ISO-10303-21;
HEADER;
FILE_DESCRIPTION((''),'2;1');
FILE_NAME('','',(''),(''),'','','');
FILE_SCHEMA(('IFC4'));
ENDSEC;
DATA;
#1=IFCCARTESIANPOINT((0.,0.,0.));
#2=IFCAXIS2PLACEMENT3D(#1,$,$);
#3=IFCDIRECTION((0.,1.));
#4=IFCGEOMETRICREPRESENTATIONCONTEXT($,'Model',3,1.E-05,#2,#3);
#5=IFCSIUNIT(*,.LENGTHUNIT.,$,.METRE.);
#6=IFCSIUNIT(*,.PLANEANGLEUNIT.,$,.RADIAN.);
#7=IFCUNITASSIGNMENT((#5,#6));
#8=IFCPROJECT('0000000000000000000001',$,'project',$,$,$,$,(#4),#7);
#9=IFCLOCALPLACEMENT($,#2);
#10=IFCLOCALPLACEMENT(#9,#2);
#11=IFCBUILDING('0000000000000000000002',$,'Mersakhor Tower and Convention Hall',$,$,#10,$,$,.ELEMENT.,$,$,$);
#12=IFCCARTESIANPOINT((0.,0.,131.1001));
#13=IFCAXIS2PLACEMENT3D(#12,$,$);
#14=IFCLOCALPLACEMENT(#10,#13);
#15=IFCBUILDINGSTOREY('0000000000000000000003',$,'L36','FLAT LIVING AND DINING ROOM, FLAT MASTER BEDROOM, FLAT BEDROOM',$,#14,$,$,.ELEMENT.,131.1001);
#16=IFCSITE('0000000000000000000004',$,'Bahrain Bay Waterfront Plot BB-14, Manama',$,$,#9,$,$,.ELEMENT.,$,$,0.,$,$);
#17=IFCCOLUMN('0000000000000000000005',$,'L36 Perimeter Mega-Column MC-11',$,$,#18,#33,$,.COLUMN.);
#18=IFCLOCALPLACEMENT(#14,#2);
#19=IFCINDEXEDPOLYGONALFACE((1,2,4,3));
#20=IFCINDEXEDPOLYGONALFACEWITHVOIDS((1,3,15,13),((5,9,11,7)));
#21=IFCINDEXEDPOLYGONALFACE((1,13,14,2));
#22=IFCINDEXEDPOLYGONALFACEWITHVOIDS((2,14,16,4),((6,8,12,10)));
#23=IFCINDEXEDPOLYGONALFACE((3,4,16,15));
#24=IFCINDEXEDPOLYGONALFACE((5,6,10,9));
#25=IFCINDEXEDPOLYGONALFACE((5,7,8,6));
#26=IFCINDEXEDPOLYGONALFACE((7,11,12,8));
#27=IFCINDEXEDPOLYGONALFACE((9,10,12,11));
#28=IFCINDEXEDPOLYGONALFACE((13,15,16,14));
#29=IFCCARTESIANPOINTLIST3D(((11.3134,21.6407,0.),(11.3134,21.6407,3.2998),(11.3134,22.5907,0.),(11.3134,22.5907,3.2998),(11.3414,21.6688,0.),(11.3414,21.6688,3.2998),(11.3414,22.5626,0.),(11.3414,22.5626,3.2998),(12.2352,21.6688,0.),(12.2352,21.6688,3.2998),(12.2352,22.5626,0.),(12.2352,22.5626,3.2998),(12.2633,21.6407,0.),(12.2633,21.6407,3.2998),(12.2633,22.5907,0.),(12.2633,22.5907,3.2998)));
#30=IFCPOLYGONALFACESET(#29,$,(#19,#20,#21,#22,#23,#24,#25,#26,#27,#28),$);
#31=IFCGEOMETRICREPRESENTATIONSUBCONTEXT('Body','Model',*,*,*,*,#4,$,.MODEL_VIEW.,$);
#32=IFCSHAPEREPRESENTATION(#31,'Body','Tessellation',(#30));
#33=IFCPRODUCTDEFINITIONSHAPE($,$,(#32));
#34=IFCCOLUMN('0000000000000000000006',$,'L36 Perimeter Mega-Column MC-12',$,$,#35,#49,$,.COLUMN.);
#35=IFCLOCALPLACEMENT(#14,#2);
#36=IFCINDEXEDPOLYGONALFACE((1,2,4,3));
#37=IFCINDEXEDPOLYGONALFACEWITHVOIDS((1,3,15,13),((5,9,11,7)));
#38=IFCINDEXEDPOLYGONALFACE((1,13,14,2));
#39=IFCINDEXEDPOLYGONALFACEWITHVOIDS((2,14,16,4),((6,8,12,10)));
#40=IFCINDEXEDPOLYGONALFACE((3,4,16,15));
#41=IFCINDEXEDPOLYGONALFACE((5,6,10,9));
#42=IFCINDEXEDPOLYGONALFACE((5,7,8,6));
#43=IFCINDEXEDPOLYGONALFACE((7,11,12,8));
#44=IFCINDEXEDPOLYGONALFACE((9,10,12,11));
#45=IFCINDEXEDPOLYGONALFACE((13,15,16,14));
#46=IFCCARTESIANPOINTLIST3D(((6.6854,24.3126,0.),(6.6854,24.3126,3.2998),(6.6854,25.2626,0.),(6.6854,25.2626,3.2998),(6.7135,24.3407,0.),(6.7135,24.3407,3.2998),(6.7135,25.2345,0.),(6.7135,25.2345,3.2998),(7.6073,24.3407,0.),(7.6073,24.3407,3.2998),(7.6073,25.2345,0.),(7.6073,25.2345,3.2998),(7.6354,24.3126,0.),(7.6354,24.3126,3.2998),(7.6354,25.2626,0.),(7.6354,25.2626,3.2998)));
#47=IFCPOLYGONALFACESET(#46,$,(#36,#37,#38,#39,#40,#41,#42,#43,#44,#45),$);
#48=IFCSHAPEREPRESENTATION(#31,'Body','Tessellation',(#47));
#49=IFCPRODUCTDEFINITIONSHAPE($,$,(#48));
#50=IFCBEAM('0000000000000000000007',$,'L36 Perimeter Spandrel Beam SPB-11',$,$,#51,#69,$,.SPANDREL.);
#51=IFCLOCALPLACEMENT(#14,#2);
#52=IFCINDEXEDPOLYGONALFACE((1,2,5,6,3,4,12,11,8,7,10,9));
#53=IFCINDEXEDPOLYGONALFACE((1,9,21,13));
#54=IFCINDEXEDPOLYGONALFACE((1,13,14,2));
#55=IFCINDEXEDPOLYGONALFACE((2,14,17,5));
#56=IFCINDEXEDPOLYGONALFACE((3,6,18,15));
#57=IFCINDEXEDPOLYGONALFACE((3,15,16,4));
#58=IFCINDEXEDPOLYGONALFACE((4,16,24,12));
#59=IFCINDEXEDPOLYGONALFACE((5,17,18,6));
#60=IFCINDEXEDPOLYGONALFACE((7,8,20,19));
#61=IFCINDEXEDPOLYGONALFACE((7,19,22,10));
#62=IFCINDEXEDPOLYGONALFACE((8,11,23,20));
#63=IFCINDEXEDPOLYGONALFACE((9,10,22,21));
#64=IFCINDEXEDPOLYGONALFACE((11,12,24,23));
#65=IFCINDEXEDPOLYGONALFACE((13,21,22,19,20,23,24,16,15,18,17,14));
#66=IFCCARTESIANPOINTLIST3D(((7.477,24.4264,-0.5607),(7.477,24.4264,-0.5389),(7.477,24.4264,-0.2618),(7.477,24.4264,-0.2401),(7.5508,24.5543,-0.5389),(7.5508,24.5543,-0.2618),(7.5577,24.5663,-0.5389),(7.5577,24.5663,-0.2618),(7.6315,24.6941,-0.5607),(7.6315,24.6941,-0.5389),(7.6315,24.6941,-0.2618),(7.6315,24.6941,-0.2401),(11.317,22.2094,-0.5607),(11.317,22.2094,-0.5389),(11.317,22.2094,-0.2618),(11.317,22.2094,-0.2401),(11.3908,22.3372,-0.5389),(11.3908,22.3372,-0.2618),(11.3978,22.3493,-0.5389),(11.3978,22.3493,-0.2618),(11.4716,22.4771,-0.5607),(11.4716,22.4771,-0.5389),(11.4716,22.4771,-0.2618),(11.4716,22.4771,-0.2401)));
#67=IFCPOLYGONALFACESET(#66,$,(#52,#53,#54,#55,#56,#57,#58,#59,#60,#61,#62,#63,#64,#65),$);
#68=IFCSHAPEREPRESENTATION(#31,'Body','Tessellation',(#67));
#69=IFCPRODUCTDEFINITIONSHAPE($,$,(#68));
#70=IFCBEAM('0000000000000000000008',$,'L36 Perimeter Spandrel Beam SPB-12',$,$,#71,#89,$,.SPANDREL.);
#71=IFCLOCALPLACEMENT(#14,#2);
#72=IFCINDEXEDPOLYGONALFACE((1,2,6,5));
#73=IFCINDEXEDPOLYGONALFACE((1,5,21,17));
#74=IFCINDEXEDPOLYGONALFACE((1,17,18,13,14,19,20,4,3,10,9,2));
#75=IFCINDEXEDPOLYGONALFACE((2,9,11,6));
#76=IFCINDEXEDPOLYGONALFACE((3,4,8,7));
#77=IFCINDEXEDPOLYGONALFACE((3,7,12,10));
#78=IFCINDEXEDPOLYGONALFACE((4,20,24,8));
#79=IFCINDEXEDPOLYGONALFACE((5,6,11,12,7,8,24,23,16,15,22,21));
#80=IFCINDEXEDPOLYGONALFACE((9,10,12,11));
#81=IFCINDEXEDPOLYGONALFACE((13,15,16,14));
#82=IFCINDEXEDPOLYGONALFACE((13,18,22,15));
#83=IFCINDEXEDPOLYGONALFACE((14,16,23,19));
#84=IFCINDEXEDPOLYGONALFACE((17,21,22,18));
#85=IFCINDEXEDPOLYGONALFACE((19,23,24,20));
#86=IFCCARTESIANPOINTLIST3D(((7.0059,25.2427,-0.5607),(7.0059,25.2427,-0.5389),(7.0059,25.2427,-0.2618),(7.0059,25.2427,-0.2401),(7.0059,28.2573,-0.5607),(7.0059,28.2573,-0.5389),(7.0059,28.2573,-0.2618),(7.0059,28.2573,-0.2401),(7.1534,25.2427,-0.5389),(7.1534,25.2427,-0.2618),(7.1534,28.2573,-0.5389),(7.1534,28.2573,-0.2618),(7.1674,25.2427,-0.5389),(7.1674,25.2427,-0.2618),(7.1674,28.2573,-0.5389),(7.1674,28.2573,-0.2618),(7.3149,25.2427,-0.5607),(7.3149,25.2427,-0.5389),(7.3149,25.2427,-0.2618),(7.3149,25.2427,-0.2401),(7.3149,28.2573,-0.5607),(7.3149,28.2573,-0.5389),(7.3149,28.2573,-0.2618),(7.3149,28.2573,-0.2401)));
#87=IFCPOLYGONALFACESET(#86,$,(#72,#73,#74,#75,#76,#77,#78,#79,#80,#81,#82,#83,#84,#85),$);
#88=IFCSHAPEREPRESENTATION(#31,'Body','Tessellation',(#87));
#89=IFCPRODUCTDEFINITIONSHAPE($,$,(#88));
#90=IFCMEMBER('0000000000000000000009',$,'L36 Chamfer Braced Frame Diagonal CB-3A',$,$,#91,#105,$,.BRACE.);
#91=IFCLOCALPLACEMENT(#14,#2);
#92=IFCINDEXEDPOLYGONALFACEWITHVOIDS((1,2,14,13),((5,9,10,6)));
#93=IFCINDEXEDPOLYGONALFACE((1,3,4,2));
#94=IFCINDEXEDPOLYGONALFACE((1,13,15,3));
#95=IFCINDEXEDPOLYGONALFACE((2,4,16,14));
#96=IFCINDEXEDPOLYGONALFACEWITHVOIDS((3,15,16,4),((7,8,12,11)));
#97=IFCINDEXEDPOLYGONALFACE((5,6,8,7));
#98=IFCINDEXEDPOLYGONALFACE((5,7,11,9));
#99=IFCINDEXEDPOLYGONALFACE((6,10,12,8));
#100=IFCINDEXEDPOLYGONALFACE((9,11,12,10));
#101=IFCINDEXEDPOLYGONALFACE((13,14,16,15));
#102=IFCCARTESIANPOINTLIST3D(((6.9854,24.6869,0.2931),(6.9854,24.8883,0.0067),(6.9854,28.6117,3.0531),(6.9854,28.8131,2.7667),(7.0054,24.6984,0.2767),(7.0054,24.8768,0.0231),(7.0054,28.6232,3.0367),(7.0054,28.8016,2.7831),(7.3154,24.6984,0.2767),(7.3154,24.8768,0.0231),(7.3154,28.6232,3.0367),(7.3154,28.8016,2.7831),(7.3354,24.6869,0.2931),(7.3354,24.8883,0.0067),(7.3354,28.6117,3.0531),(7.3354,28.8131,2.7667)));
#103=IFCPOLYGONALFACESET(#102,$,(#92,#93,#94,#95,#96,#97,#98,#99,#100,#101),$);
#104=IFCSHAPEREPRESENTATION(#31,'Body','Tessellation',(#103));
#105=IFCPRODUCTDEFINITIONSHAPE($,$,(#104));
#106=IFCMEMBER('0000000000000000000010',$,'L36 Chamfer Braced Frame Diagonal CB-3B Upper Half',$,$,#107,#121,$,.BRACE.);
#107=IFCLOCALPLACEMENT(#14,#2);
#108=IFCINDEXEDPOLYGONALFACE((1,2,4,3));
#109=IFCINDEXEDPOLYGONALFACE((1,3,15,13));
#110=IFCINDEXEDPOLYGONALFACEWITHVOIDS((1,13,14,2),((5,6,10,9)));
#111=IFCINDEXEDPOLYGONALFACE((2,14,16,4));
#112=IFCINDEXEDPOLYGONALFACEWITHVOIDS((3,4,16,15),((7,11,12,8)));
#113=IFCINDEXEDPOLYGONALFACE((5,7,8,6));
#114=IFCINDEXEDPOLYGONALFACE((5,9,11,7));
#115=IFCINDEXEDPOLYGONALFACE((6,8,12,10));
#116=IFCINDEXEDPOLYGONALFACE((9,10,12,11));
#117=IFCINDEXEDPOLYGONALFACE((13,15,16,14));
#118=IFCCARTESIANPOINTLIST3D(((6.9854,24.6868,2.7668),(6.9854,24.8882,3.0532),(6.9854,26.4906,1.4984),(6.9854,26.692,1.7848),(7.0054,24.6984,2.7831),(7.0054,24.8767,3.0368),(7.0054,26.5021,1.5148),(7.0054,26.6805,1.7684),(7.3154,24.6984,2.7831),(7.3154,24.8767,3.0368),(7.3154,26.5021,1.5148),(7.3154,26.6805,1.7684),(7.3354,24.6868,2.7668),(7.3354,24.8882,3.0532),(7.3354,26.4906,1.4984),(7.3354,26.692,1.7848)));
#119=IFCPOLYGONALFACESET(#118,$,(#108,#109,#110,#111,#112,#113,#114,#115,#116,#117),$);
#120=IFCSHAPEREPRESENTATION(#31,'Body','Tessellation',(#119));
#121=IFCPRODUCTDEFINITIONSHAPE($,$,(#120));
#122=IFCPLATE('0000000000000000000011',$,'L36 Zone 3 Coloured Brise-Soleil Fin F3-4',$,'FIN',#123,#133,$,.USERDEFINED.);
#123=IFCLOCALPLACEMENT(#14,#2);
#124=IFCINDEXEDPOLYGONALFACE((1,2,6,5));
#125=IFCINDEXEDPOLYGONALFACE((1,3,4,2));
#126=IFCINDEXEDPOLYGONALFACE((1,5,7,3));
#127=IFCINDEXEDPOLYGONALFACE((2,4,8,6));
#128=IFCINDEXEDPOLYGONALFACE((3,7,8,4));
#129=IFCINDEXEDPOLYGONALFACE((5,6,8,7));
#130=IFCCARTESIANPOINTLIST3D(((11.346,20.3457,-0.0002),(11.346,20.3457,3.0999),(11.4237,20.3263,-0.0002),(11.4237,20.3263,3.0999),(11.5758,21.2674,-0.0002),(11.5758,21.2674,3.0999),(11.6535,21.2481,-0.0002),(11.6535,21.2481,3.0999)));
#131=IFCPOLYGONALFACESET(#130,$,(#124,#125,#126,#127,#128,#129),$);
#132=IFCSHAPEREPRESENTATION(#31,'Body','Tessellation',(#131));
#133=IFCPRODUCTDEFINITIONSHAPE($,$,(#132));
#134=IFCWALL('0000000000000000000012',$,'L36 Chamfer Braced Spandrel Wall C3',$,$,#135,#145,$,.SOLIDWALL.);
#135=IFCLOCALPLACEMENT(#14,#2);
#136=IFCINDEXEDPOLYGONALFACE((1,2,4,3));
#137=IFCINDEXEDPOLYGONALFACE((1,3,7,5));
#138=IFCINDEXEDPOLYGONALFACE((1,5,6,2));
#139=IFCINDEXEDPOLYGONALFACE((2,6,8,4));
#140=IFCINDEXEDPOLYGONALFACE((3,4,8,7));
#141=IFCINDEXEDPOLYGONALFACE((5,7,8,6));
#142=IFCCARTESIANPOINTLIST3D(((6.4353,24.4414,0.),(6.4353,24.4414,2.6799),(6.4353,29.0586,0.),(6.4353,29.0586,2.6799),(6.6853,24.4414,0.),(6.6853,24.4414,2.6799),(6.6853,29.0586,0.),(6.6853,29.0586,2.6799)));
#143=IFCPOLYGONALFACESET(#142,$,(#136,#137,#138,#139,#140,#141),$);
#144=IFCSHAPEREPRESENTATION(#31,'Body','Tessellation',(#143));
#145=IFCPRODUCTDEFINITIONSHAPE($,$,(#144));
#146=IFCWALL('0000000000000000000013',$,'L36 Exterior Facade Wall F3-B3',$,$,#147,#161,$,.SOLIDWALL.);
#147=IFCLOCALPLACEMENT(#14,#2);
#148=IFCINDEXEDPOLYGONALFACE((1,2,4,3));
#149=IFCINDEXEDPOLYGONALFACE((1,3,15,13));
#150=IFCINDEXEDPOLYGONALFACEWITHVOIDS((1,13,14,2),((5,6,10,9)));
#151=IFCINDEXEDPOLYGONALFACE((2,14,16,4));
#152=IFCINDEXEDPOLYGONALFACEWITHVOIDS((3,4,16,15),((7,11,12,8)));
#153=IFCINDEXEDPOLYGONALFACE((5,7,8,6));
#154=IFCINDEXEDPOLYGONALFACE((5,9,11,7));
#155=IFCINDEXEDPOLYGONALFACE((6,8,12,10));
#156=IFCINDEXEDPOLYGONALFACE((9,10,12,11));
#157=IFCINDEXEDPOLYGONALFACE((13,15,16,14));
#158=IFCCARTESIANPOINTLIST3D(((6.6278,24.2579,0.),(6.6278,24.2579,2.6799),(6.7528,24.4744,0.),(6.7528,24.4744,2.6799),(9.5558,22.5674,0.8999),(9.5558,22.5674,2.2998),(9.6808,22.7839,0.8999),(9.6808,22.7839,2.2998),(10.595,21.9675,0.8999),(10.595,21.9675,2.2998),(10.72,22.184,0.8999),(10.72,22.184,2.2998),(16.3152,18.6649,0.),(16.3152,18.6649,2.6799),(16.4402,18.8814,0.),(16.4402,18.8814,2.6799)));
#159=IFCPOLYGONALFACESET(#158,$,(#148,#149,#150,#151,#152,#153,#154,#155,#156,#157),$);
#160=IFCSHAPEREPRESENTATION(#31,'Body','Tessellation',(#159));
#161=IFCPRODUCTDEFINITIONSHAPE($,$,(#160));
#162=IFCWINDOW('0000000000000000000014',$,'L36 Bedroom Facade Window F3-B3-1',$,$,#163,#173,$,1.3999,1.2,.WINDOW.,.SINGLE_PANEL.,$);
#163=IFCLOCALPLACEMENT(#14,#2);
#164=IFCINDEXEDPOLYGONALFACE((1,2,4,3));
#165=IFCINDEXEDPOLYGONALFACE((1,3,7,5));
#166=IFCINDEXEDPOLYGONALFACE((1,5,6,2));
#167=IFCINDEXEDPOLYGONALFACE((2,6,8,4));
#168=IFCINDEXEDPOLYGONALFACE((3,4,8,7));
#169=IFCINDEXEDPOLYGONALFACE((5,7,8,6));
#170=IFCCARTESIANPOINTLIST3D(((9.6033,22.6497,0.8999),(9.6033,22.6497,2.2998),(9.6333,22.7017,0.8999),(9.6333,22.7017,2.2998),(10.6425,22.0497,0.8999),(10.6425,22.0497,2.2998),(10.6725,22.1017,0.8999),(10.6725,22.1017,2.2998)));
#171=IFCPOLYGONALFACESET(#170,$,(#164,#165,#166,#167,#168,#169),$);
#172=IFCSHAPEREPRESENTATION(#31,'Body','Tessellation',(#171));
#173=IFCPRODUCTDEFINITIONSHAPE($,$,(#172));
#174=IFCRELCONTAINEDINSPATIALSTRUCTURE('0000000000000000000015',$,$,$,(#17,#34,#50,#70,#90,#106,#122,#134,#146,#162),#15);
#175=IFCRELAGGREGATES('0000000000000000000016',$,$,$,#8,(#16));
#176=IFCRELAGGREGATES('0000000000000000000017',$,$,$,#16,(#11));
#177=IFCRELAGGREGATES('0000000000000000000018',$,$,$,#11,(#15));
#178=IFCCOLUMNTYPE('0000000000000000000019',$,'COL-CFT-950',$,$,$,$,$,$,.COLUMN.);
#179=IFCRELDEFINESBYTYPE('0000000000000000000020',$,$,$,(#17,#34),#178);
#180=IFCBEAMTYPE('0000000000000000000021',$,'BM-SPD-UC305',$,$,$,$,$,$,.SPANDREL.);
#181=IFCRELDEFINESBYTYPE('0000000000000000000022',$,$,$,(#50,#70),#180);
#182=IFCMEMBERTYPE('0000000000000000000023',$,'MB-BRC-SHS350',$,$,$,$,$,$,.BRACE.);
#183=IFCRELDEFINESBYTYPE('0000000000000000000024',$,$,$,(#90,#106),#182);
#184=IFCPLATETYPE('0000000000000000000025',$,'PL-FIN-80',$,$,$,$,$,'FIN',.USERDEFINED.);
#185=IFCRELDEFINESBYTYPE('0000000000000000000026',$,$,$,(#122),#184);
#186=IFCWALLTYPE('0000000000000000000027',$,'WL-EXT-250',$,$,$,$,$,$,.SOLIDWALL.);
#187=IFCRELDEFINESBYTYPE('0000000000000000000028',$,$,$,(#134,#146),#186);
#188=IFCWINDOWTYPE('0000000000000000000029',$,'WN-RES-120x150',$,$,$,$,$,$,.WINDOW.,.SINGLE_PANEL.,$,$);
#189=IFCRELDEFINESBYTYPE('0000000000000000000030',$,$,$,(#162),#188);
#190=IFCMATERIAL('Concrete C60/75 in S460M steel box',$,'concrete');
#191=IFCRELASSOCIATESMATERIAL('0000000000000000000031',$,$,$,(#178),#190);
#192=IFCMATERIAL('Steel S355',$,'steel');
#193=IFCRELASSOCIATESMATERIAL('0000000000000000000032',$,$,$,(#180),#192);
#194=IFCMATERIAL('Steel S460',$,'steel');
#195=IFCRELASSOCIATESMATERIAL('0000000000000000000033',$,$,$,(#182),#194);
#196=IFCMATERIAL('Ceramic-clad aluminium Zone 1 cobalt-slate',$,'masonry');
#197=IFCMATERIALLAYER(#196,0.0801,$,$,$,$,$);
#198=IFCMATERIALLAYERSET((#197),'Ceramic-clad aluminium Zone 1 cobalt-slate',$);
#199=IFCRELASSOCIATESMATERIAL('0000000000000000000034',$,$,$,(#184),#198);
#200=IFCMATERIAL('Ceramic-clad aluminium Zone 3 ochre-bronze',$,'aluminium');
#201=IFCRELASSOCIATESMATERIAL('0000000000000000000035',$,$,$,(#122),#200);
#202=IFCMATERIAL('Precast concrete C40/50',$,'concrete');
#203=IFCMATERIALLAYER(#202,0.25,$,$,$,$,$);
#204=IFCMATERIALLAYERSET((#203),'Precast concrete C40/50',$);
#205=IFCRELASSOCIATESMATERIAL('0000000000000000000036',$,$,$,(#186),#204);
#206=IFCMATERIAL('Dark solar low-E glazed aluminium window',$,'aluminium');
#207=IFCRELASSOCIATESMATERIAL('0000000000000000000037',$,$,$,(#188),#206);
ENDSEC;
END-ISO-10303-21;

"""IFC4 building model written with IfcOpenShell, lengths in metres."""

from ifc_helpers import new_model, si_unit, direction, frame, frame_2d, origin, origin_2d, place, context, subcontext, project, spatial, rectangle, hollow_rectangle, i_section, extrude, material, layer, layer_set, material_profile, profile_set, type_object, element, fill, save


model = new_model("IFC4")

# Units and contexts
model_context = context("Model", 3, precision=1e-05, world=origin(), true_north=direction((0.0, 1.0)))
body_context = subcontext(model_context, "Body", "Model", "MODEL_VIEW")
ifc_project = project(units=[si_unit("LENGTHUNIT", "METRE"), si_unit("PLANEANGLEUNIT", "RADIAN")], contexts=[model_context])

# Site, building, storey
site_placement = place(None, origin())
site = spatial("IfcSite", under=ifc_project, at=site_placement, Name="Bahrain Bay Waterfront Plot BB-14, Manama", CompositionType="ELEMENT", RefElevation=0.0)
building_placement = place(site_placement, origin())
building = spatial("IfcBuilding", under=site, at=building_placement, Name="Mersakhor Tower and Convention Hall", CompositionType="ELEMENT")
storey_placement = place(building_placement, frame((0.0, 0.0, 131.1001)))
storey = spatial("IfcBuildingStorey", under=building, at=storey_placement, Name="L36", Description="FLAT LIVING AND DINING ROOM, FLAT MASTER BEDROOM, FLAT BEDROOM", CompositionType="ELEMENT", Elevation=131.1001)

# Columns
ifc_material_1 = material(Name="Concrete C60/75 in S460M steel box", Category="concrete")
ifc_material_profile_1 = material_profile(ifc_material_1, hollow_rectangle(XDim=0.95, YDim=0.95, WallThickness=0.0281, at=origin_2d()), Name="SHS 950x950x28")
ifc_profile_set_1 = profile_set([ifc_material_profile_1], Name="Concrete C60/75 in S460M steel box")
column_type = type_object("IfcColumnType", Name="COL-CFT-950", PredefinedType="COLUMN", material=ifc_profile_set_1)
for number, where, z_axis, x_axis, name in (
    (1, (11.7883, 22.1157, 0.0), (0.0, 0.0, 1.0), (1.0, 0.0, 0.0), "L36 Perimeter Mega-Column MC-11"),
    (2, (7.1604, 24.7876, 0.0), (0.0, 0.0, 1.0), (1.0, 0.0, 0.0), "L36 Perimeter Mega-Column MC-12"),
):
    element("IfcColumn", number, at=place(storey_placement, frame(where, z_axis=z_axis, x_axis=x_axis)), inside=storey, type_object=column_type, Name=name, PredefinedType="COLUMN", context=body_context, shape_type="SweptSolid", body=[
        extrude(hollow_rectangle(XDim=0.95, YDim=0.95, WallThickness=0.0281, at=origin_2d()), origin(), (0.0, 0.0, 1.0), 3.2998),
    ])

# Beams
ifc_material_2 = material(Name="Steel S355", Category="steel")
ifc_material_profile_2 = material_profile(ifc_material_2, i_section(OverallWidth=0.3091, OverallDepth=0.3206, WebThickness=0.0139, FlangeThickness=0.0217, at=origin_2d()), Name="UC 305x305x137")
ifc_profile_set_2 = profile_set([ifc_material_profile_2], Name="Steel S355")
beam_type = type_object("IfcBeamType", Name="BM-SPD-UC305", PredefinedType="SPANDREL", material=ifc_profile_set_2)
beam_1_placement = place(storey_placement, frame((11.3943, 22.3433, -0.4004), z_axis=(-0.866029, 0.499994, 0.0), x_axis=(-0.499994, -0.866029, 0.0)))
element("IfcBeam", 3, at=beam_1_placement, inside=storey, type_object=beam_type, Name="L36 Perimeter Spandrel Beam SPB-11", PredefinedType="SPANDREL", context=body_context, shape_type="SweptSolid", body=[
    extrude(i_section(OverallWidth=0.3091, OverallDepth=0.3206, WebThickness=0.0139, FlangeThickness=0.0217, at=origin_2d()), origin(), (0.0, 0.0, 1.0), 4.4341),
])
beam_2_placement = place(storey_placement, frame((7.1604, 25.2427, -0.4004), z_axis=(0.0, 1.0, 0.0), x_axis=(-1.0, 0.0, 0.0)))
element("IfcBeam", 4, at=beam_2_placement, inside=storey, type_object=beam_type, Name="L36 Perimeter Spandrel Beam SPB-12", PredefinedType="SPANDREL", context=body_context, shape_type="SweptSolid", body=[
    extrude(i_section(OverallWidth=0.3091, OverallDepth=0.3206, WebThickness=0.0139, FlangeThickness=0.0217, at=origin_2d()), origin(), (0.0, 0.0, 1.0), 3.0146),
])

# Members
ifc_material_3 = material(Name="Steel S460", Category="steel")
ifc_material_profile_3 = material_profile(ifc_material_3, hollow_rectangle(XDim=0.3501, YDim=0.3501, WallThickness=0.02, at=origin_2d()), Name="SHS 350x350x20")
ifc_profile_set_3 = profile_set([ifc_material_profile_3], Name="Steel S460")
member_type = type_object("IfcMemberType", Name="MB-BRC-SHS350", PredefinedType="BRACE", material=ifc_profile_set_3)
member_1_placement = place(storey_placement, frame((7.1604, 24.7876, 0.1499), z_axis=(0.0, 0.817992, 0.57523), x_axis=(-1.0, 0.0, 0.0)))
element("IfcMember", 5, at=member_1_placement, inside=storey, type_object=member_type, Name="L36 Chamfer Braced Frame Diagonal CB-3A", PredefinedType="BRACE", context=body_context, shape_type="SweptSolid", body=[
    extrude(hollow_rectangle(XDim=0.3501, YDim=0.3501, WallThickness=0.02, at=origin_2d()), origin(), (0.0, 0.0, 1.0), 4.7981),
])
member_2_placement = place(storey_placement, frame((7.1604, 26.5913, 1.6416), z_axis=(0.0, -0.818013, 0.5752), x_axis=(1.0, 0.0, 0.0)))
element("IfcMember", 6, at=member_2_placement, inside=storey, type_object=member_type, Name="L36 Chamfer Braced Frame Diagonal CB-3B Upper Half", PredefinedType="BRACE", context=body_context, shape_type="SweptSolid", body=[
    extrude(hollow_rectangle(XDim=0.3501, YDim=0.3501, WallThickness=0.02, at=origin_2d()), origin(), (0.0, 0.0, 1.0), 2.2051),
])

# Plate
ifc_material_4 = material(Name="Ceramic-clad aluminium Zone 3 ochre-bronze", Category="aluminium")
ifc_material_5 = material(Name="Ceramic-clad aluminium Zone 1 cobalt-slate", Category="masonry")
ifc_layer_1 = layer(ifc_material_5, 0.0801)
ifc_layer_set_1 = layer_set([ifc_layer_1], Name="Ceramic-clad aluminium Zone 1 cobalt-slate")
plate_type = type_object("IfcPlateType", Name="PL-FIN-80", ElementType="FIN", PredefinedType="USERDEFINED", material=ifc_layer_set_1)
plate_placement = place(storey_placement, frame((11.4998, 20.7969, -0.0002), z_axis=(0.0, 0.0, 1.0), x_axis=(-0.241922, -0.970296, 0.0)))
element("IfcPlate", 7, at=plate_placement, inside=storey, type_object=plate_type, material=ifc_material_4, Name="L36 Zone 3 Coloured Brise-Soleil Fin F3-4", ObjectType="FIN", PredefinedType="USERDEFINED", context=body_context, shape_type="SweptSolid", body=[
    extrude(rectangle(XDim=0.95, YDim=0.0801, at=origin_2d()), origin(), (0.0, 0.0, 1.0), 3.1001),
])

# Wall
ifc_material_6 = material(Name="Precast concrete C40/50", Category="concrete")
ifc_layer_2 = layer(ifc_material_6, 0.25)
ifc_layer_set_2 = layer_set([ifc_layer_2], Name="Precast concrete C40/50")
wall_type_1 = type_object("IfcWallType", Name="WL-EXT-250", PredefinedType="SOLIDWALL", material=ifc_layer_set_2)
wall_1_placement = place(storey_placement, frame((6.5603, 24.4414, 0.0), z_axis=(0.0, 0.0, 1.0), x_axis=(0.0, 1.0, 0.0)))
element("IfcWall", 8, at=wall_1_placement, inside=storey, type_object=wall_type_1, Name="L36 Chamfer Braced Spandrel Wall C3", PredefinedType="SOLIDWALL", context=body_context, shape_type="SweptSolid", body=[
    extrude(rectangle(XDim=4.6172, YDim=0.25, at=frame_2d((2.3086, 0.0))), origin(), (0.0, 0.0, 1.0), 2.6799),
])

# Wall, opening, window
wall_2_placement = place(storey_placement, frame((16.3777, 18.7732, 0.0), z_axis=(0.0, 0.0, 1.0), x_axis=(-0.866028, 0.499996, 0.0)))
wall_2 = element("IfcWall", 9, at=wall_2_placement, inside=storey, type_object=wall_type_1, Name="L36 Exterior Facade Wall F3-B3", PredefinedType="SOLIDWALL", context=body_context, shape_type="SweptSolid", body=[
    extrude(rectangle(XDim=11.186, YDim=0.25, at=frame_2d((5.593, 0.0))), origin(), (0.0, 0.0, 1.0), 2.6799),
])
opening_1_placement = place(wall_2_placement, frame((6.605, 0.0, 0.8999)))
opening_1 = element("IfcOpeningElement", 10, at=opening_1_placement, cuts=wall_2, PredefinedType="OPENING", context=body_context, shape_type="SweptSolid", body=[
    extrude(rectangle(XDim=1.2, YDim=1.3999, at=frame_2d((0.6001, 0.7))), frame((0.0, 0.135, 0.0), z_axis=(0.0, -1.0, 0.0), x_axis=(1.0, 0.0, 0.0)), (0.0, 0.0, 1.0), 0.27),
])
ifc_material_7 = material(Name="Dark solar low-E glazed aluminium window", Category="aluminium")
window_type = type_object("IfcWindowType", Name="WN-RES-120x150", PartitioningType="SINGLE_PANEL", PredefinedType="WINDOW", material=ifc_material_7)
window_placement = place(opening_1_placement, origin())
window = element("IfcWindow", 11, at=window_placement, inside=storey, type_object=window_type, Name="L36 Bedroom Facade Window F3-B3-1", OverallHeight=1.3999, OverallWidth=1.2, PartitioningType="SINGLE_PANEL", PredefinedType="WINDOW", context=body_context, shape_type="SweptSolid", body=[
    extrude(rectangle(XDim=1.2, YDim=1.3999, at=frame_2d((0.6001, 0.7))), frame((0.0, 0.03, 0.0), z_axis=(0.0, -1.0, 0.0), x_axis=(1.0, 0.0, 0.0)), (0.0, 0.0, 1.0), 0.0601),
])
fill(opening_1, window)

save(model, "model.ifc")
